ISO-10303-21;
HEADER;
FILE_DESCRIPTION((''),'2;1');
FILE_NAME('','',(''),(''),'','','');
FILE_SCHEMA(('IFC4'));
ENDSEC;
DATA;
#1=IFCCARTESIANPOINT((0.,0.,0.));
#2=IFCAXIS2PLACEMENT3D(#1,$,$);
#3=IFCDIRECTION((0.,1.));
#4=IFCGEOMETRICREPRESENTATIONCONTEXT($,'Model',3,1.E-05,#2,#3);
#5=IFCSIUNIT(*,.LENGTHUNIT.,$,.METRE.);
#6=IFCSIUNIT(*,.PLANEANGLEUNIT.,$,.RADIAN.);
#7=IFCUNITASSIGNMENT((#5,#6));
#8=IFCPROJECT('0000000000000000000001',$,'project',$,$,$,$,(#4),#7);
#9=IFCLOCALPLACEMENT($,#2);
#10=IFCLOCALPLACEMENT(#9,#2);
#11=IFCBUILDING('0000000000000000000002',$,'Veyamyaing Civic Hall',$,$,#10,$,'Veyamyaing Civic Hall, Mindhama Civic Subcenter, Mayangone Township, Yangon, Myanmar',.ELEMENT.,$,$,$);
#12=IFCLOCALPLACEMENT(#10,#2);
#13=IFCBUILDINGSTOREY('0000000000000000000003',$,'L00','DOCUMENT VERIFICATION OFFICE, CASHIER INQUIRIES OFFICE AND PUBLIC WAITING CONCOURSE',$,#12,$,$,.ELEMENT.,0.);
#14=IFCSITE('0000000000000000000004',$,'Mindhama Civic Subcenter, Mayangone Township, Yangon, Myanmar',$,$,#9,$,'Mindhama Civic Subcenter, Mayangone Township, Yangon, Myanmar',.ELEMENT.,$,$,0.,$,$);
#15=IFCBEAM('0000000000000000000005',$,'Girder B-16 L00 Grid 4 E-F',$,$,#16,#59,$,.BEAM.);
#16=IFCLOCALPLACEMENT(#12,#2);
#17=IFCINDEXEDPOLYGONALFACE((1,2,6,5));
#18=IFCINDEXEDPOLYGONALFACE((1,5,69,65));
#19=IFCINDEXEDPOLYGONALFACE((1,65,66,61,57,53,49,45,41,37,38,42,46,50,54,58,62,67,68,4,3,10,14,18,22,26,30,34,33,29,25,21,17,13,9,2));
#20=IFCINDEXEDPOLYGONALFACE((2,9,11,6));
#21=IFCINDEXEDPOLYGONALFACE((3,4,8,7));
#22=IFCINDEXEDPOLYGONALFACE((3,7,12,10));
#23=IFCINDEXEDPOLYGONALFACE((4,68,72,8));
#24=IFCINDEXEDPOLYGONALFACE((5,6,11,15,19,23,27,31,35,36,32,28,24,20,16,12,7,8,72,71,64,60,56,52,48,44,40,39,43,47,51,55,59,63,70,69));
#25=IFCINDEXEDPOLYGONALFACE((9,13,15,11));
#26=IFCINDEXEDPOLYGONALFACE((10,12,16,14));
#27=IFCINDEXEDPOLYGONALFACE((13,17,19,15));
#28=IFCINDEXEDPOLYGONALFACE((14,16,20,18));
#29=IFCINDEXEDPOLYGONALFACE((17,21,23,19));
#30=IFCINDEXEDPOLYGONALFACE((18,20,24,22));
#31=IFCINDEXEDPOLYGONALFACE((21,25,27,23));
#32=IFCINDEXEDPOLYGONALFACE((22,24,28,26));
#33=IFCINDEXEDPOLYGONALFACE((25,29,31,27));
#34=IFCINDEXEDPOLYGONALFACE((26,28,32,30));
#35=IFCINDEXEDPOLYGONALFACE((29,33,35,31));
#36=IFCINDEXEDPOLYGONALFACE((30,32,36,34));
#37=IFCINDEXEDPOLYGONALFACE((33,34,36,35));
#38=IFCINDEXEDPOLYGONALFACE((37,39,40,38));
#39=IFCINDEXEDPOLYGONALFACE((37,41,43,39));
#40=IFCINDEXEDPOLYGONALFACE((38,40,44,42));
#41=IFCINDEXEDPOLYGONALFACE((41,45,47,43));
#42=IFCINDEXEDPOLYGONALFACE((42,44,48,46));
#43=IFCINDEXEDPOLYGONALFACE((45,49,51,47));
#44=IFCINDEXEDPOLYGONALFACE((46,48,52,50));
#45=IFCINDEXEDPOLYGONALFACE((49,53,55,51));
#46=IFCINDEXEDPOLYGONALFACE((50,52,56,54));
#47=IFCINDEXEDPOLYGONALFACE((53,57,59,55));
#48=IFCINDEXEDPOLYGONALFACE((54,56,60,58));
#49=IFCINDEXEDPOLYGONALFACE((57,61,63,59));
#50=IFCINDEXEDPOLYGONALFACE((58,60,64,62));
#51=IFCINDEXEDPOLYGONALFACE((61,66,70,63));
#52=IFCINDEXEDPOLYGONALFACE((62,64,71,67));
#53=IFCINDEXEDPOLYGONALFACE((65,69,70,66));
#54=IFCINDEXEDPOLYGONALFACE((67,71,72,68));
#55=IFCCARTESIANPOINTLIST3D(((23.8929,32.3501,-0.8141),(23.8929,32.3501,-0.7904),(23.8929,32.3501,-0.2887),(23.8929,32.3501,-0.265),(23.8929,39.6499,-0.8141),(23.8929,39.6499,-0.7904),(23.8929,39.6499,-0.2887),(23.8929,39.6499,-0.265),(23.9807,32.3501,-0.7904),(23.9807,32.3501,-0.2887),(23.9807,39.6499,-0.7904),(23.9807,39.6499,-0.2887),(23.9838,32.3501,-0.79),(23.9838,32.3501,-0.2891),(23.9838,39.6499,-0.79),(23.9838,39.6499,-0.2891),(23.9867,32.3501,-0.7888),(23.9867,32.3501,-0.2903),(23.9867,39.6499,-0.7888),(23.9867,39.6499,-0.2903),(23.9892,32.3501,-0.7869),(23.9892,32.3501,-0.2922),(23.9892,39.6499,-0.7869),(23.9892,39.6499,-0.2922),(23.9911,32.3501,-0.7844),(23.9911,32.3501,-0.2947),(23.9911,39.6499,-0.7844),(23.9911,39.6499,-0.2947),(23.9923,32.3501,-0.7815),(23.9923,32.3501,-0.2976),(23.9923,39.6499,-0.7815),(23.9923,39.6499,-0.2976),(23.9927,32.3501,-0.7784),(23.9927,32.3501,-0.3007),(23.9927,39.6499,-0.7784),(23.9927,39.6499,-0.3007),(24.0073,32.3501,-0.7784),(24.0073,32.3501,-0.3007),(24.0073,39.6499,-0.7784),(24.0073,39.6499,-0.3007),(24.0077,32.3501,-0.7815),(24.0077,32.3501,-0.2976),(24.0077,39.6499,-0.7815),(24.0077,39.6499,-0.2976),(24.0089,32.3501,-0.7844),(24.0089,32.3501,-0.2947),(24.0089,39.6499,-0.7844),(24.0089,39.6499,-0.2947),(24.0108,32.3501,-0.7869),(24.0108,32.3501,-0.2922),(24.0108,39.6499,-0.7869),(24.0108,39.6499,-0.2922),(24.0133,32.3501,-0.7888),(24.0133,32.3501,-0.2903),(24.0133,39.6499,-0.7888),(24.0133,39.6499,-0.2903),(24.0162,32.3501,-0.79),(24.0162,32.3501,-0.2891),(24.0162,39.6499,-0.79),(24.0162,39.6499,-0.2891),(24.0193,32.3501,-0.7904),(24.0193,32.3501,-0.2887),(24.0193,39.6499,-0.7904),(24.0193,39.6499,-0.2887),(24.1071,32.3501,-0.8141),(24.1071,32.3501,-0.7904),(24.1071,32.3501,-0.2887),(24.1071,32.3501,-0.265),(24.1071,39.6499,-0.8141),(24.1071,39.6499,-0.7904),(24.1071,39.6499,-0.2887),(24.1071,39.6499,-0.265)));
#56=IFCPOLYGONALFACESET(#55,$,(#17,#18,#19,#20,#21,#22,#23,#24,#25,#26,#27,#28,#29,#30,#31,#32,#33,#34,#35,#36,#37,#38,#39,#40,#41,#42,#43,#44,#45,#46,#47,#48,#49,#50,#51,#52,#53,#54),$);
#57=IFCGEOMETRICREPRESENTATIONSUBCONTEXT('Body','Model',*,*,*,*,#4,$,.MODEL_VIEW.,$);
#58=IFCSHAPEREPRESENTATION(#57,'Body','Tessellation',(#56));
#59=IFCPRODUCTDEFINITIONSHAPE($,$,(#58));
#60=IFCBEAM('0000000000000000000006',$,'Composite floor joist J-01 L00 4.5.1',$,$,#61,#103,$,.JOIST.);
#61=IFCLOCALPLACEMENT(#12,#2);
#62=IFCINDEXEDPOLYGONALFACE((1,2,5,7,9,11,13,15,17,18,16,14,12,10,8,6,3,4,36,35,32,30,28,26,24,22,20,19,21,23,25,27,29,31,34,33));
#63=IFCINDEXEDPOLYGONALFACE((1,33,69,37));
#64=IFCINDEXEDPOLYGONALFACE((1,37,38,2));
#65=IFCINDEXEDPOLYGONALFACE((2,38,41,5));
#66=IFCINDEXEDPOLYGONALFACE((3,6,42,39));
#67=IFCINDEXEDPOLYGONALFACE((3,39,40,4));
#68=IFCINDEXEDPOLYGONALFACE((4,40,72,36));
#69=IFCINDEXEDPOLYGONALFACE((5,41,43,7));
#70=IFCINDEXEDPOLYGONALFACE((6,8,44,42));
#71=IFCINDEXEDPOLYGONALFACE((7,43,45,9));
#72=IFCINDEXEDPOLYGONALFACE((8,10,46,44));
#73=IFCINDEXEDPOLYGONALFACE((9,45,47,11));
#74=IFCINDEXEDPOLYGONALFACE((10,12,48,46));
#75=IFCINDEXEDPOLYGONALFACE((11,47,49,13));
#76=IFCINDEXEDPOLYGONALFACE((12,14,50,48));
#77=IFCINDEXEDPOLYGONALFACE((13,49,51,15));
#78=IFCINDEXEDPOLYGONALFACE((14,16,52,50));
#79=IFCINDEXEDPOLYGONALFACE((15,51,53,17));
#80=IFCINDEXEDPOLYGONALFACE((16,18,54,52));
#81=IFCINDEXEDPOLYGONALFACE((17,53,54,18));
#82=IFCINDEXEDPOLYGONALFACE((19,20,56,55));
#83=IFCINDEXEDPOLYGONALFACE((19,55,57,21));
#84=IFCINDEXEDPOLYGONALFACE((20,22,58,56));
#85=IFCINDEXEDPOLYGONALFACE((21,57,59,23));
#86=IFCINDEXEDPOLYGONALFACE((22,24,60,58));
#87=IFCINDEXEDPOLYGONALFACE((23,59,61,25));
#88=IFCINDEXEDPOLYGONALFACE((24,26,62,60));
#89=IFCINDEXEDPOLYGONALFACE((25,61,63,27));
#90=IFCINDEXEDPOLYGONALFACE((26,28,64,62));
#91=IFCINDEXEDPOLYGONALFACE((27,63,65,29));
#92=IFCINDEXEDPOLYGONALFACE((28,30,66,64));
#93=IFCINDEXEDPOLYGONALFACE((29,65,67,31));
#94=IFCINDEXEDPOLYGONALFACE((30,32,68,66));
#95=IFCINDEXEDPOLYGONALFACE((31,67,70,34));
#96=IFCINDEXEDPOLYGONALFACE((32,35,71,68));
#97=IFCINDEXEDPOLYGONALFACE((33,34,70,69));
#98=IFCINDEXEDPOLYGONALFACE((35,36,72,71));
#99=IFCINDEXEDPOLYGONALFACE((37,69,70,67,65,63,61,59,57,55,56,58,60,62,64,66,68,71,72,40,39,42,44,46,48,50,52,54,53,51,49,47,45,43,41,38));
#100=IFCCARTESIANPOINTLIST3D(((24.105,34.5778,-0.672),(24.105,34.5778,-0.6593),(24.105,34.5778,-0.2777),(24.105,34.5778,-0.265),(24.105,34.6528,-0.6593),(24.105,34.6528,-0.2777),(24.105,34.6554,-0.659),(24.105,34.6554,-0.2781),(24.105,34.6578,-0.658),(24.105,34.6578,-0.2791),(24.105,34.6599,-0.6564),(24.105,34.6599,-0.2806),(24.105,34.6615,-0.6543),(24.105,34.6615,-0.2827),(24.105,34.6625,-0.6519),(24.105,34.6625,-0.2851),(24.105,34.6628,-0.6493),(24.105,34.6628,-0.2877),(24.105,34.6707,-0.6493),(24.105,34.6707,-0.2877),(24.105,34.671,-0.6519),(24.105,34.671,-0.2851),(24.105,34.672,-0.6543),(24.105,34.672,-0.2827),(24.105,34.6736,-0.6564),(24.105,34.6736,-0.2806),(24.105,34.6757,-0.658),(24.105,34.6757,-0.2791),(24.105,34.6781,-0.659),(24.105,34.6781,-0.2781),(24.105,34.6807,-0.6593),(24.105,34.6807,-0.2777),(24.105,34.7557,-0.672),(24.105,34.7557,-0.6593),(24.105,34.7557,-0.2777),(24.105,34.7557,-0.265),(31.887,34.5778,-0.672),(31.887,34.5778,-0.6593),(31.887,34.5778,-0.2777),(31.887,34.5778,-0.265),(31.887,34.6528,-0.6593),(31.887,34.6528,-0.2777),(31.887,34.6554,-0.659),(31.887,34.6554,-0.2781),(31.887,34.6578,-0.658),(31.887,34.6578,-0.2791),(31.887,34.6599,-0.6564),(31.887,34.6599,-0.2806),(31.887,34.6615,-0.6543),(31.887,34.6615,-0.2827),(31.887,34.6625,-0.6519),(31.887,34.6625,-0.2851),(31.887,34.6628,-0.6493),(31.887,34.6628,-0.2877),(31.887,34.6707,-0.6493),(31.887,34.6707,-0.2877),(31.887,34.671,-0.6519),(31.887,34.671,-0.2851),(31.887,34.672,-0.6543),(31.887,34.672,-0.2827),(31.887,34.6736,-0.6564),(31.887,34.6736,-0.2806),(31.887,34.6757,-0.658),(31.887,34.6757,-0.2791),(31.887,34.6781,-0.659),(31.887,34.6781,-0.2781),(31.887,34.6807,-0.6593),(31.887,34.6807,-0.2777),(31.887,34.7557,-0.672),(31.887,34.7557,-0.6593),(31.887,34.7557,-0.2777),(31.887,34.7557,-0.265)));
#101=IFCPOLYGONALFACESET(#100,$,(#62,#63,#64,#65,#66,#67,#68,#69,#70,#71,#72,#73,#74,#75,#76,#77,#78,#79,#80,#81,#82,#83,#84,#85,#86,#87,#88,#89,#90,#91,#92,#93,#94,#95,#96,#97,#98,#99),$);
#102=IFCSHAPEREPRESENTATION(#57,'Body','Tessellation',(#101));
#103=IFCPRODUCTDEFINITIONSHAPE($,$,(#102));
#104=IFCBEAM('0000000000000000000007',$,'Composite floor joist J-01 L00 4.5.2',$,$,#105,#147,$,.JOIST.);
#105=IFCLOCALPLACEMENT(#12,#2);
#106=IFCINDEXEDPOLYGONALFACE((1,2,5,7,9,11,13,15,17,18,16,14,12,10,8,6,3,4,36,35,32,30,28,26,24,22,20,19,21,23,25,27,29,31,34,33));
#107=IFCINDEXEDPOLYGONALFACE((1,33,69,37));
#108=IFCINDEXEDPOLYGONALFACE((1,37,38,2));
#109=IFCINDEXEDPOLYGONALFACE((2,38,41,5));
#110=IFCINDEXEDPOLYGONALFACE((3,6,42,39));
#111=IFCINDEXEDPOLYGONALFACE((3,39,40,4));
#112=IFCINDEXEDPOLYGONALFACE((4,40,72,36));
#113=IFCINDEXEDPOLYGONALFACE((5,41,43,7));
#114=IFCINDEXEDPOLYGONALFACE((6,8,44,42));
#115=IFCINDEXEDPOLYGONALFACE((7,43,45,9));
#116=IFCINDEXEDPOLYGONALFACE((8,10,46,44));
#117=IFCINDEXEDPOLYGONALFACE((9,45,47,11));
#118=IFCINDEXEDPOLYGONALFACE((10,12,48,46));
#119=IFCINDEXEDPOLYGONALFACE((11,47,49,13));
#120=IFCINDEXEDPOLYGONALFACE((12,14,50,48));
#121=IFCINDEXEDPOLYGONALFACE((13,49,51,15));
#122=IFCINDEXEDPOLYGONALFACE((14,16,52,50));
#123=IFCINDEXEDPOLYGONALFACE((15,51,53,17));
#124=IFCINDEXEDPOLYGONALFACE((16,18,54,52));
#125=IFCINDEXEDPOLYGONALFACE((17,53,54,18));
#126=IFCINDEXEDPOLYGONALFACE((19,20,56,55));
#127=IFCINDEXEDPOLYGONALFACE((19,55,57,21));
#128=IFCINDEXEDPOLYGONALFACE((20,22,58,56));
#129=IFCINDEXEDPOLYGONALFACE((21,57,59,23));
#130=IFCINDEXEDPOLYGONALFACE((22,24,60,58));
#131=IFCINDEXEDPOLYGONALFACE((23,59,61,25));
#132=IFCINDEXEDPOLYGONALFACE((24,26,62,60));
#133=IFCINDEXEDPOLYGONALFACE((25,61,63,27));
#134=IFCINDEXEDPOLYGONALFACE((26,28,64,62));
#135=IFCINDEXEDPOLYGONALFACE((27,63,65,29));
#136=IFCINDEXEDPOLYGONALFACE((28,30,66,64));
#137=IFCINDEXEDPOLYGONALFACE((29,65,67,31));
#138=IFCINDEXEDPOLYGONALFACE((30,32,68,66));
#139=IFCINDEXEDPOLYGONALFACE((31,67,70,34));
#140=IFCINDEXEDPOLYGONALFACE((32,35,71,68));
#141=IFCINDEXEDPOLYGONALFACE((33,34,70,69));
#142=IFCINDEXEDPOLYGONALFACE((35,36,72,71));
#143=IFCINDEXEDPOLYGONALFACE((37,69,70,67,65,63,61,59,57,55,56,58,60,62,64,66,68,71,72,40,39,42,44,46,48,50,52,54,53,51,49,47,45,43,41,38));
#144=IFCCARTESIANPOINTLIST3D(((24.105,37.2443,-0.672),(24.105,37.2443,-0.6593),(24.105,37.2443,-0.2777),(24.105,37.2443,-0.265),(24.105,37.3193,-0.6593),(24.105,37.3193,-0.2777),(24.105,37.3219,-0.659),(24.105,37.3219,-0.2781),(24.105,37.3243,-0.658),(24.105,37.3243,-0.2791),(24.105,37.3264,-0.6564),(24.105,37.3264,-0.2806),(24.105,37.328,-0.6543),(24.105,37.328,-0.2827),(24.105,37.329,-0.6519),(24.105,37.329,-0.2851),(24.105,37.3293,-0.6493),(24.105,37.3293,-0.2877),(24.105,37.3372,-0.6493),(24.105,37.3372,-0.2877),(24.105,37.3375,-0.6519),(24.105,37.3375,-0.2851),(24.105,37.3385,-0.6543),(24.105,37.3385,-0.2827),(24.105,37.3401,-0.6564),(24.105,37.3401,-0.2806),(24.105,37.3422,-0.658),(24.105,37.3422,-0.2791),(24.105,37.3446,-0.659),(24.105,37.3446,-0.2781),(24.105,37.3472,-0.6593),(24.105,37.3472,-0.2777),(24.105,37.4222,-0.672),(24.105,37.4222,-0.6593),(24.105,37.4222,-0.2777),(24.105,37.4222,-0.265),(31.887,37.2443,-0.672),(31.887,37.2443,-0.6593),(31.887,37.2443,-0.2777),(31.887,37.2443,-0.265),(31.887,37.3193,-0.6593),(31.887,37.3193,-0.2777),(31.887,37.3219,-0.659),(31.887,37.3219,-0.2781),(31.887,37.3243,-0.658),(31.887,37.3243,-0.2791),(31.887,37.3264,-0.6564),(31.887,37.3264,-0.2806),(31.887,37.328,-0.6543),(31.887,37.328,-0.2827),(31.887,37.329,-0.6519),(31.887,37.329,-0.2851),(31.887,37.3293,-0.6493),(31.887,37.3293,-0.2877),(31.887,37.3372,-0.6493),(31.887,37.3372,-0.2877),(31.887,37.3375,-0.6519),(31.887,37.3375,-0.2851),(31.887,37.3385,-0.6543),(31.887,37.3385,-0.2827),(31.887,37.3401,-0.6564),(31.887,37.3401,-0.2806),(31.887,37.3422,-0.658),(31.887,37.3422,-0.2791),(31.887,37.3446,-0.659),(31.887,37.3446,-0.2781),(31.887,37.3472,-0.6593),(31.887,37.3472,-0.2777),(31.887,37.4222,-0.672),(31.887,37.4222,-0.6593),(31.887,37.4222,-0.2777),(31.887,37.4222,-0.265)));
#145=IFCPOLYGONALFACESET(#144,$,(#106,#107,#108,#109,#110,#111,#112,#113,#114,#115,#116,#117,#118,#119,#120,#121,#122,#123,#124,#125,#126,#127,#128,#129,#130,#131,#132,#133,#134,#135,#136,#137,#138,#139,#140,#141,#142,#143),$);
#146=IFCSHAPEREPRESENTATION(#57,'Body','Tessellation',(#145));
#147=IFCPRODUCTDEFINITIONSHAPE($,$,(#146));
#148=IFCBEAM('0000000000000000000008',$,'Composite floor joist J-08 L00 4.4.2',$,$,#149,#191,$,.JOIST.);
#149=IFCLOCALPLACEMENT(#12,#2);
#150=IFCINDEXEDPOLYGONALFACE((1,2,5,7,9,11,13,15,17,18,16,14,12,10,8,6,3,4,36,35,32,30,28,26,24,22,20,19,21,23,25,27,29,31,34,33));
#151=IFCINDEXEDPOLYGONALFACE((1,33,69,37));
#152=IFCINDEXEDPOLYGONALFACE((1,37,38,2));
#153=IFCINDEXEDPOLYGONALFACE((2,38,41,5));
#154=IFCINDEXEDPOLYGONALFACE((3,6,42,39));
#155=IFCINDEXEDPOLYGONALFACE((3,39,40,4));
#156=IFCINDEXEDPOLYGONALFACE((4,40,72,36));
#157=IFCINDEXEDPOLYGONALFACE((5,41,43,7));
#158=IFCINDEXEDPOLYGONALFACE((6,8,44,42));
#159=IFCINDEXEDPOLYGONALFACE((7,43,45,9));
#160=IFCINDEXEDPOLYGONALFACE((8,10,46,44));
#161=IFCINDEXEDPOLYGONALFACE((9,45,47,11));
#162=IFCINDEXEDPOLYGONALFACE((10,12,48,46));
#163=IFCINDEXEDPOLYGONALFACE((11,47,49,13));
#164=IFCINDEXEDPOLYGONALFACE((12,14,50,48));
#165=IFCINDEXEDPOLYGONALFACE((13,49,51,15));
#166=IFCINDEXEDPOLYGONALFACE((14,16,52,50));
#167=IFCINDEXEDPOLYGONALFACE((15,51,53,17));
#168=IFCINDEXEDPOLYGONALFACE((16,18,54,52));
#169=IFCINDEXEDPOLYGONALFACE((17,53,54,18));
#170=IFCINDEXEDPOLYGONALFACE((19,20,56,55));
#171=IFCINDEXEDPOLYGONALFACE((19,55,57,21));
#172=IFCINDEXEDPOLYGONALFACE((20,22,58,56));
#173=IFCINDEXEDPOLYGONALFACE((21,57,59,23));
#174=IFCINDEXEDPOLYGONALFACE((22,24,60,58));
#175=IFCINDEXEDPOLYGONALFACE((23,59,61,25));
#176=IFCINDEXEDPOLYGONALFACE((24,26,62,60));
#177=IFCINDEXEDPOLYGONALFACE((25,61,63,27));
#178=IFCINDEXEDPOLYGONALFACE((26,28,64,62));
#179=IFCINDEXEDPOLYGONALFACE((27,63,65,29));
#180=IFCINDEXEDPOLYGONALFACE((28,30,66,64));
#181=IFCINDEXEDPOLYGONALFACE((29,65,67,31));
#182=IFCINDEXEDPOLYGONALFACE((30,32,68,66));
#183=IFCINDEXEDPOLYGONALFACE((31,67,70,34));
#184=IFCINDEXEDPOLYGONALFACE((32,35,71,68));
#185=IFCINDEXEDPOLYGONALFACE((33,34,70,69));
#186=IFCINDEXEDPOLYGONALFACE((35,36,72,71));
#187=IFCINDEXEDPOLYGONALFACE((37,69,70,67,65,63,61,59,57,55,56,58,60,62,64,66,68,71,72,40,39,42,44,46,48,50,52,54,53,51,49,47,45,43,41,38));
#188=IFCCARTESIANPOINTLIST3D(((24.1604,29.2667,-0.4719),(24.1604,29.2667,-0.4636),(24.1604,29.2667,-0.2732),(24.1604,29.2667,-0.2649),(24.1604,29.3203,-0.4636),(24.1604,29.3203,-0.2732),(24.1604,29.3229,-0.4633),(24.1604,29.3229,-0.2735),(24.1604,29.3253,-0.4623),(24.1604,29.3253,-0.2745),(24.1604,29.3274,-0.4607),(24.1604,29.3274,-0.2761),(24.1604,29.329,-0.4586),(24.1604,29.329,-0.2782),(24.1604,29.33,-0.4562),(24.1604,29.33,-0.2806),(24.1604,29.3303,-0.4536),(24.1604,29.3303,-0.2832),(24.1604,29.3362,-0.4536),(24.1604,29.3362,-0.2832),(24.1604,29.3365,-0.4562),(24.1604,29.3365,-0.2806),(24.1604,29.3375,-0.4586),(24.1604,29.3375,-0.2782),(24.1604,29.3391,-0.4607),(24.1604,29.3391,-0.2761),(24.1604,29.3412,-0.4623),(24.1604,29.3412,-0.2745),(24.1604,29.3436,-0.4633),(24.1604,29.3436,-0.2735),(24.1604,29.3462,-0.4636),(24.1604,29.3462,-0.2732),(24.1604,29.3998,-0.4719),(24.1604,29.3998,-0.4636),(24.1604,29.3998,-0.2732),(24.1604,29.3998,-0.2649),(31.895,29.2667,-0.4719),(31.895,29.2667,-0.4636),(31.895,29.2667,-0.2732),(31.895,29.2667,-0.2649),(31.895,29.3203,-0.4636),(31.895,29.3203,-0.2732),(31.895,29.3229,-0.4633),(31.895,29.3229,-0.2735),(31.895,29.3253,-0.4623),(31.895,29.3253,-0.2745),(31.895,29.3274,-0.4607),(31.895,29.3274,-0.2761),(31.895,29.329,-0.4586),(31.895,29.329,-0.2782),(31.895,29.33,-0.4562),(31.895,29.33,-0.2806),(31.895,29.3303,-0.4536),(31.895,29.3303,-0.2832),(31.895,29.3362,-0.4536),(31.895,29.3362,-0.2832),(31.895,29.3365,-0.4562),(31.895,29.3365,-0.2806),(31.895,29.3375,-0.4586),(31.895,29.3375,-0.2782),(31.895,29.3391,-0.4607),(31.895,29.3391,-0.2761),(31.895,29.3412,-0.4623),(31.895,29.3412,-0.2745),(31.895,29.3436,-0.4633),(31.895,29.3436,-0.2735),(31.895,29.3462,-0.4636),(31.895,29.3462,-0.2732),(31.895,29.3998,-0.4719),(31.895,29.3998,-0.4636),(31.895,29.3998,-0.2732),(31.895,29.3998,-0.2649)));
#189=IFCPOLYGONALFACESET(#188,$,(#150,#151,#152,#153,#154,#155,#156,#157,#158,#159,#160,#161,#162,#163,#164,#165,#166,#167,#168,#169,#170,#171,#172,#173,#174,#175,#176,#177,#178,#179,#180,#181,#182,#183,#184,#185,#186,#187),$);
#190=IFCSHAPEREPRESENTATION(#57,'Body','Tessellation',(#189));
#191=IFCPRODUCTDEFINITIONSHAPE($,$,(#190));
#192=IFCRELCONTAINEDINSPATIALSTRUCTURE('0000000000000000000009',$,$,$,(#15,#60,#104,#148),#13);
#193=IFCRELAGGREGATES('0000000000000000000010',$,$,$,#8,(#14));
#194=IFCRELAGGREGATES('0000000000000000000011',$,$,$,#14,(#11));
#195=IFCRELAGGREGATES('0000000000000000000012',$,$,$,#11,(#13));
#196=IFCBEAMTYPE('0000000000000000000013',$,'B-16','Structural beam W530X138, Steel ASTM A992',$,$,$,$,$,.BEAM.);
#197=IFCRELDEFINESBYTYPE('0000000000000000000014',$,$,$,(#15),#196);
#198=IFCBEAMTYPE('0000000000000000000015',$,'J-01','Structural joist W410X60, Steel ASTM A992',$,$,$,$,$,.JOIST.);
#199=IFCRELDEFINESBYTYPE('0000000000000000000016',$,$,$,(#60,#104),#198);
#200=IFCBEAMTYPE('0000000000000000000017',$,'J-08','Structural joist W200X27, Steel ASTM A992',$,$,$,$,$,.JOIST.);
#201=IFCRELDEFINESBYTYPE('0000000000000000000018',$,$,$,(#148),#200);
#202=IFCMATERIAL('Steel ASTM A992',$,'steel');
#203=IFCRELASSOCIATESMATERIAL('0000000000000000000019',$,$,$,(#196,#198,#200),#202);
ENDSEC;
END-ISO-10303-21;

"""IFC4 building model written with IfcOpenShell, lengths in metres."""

from ifc_helpers import new_model, si_unit, direction, frame, origin, origin_2d, place, context, subcontext, project, spatial, i_section, extrude, material, material_profile, profile_set, type_object, element, save


model = new_model("IFC4")

# Units and contexts
model_context = context("Model", 3, precision=1e-05, world=origin(), true_north=direction((0.0, 1.0)))
body_context = subcontext(model_context, "Body", "Model", "MODEL_VIEW")
ifc_project = project(units=[si_unit("LENGTHUNIT", "METRE"), si_unit("PLANEANGLEUNIT", "RADIAN")], contexts=[model_context])

# Site, building, storey
site_placement = place(None, origin())
site = spatial("IfcSite", under=ifc_project, at=site_placement, Name="Mindhama Civic Subcenter, Mayangone Township, Yangon, Myanmar", LongName="Mindhama Civic Subcenter, Mayangone Township, Yangon, Myanmar", CompositionType="ELEMENT", RefElevation=0.0)
building_placement = place(site_placement, origin())
building = spatial("IfcBuilding", under=site, at=building_placement, Name="Veyamyaing Civic Hall", LongName="Veyamyaing Civic Hall, Mindhama Civic Subcenter, Mayangone Township, Yangon, Myanmar", CompositionType="ELEMENT")
storey_placement = place(building_placement, origin())
storey = spatial("IfcBuildingStorey", under=building, at=storey_placement, Name="L00", Description="DOCUMENT VERIFICATION OFFICE, CASHIER INQUIRIES OFFICE AND PUBLIC WAITING CONCOURSE", CompositionType="ELEMENT", Elevation=0.0)

# Beams
ifc_material_1 = material(Name="Steel ASTM A992", Category="steel")
ifc_material_profile_1 = material_profile(ifc_material_1, i_section(OverallWidth=0.2141, OverallDepth=0.5491, WebThickness=0.0146, FlangeThickness=0.0237, FilletRadius=0.012, at=origin_2d()), Name="W530X138")
ifc_profile_set_1 = profile_set([ifc_material_profile_1], Name="Steel ASTM A992")
beam_type_1 = type_object("IfcBeamType", Name="B-16", Description="Structural beam W530X138, Steel ASTM A992", PredefinedType="BEAM", material=ifc_profile_set_1)
beam_1_placement = place(storey_placement, frame((24.0, 32.3501, -0.5396), z_axis=(0.0, 1.0, 0.0), x_axis=(-1.0, 0.0, 0.0)))
element("IfcBeam", 1, at=beam_1_placement, inside=storey, type_object=beam_type_1, Name="Girder B-16 L00 Grid 4 E-F", PredefinedType="BEAM", context=body_context, shape_type="SweptSolid", body=[
    extrude(i_section(OverallWidth=0.2141, OverallDepth=0.5491, WebThickness=0.0146, FlangeThickness=0.0237, FilletRadius=0.012, at=origin_2d()), origin(), (0.0, 0.0, 1.0), 7.2998),
])
ifc_material_profile_2 = material_profile(ifc_material_1, i_section(OverallWidth=0.178, OverallDepth=0.407, WebThickness=0.0078, FlangeThickness=0.0127, FilletRadius=0.01, at=origin_2d()), Name="W410X60")
ifc_profile_set_2 = profile_set([ifc_material_profile_2], Name="Steel ASTM A992")
beam_type_2 = type_object("IfcBeamType", Name="J-01", Description="Structural joist W410X60, Steel ASTM A992", PredefinedType="JOIST", material=ifc_profile_set_2)
for number, where, z_axis, x_axis, name in (
    (2, (24.105, 34.6667, -0.4685), (1.0, 0.0, 0.0), (0.0, 1.0, 0.0), "Composite floor joist J-01 L00 4.5.1"),
    (3, (24.105, 37.3333, -0.4685), (1.0, 0.0, 0.0), (0.0, 1.0, 0.0), "Composite floor joist J-01 L00 4.5.2"),
):
    element("IfcBeam", number, at=place(storey_placement, frame(where, z_axis=z_axis, x_axis=x_axis)), inside=storey, type_object=beam_type_2, Name=name, PredefinedType="JOIST", context=body_context, shape_type="SweptSolid", body=[
        extrude(i_section(OverallWidth=0.178, OverallDepth=0.407, WebThickness=0.0078, FlangeThickness=0.0127, FilletRadius=0.01, at=origin_2d()), origin(), (0.0, 0.0, 1.0), 7.782),
    ])
ifc_material_profile_3 = material_profile(ifc_material_1, i_section(OverallWidth=0.1331, OverallDepth=0.207, WebThickness=0.0059, FlangeThickness=0.0083, FilletRadius=0.01, at=origin_2d()), Name="W200X27")
ifc_profile_set_3 = profile_set([ifc_material_profile_3], Name="Steel ASTM A992")
beam_type_3 = type_object("IfcBeamType", Name="J-08", Description="Structural joist W200X27, Steel ASTM A992", PredefinedType="JOIST", material=ifc_profile_set_3)
beam_2_placement = place(storey_placement, frame((24.1604, 29.3333, -0.3684), z_axis=(1.0, 0.0, 0.0), x_axis=(0.0, 1.0, 0.0)))
element("IfcBeam", 4, at=beam_2_placement, inside=storey, type_object=beam_type_3, Name="Composite floor joist J-08 L00 4.4.2", PredefinedType="JOIST", context=body_context, shape_type="SweptSolid", body=[
    extrude(i_section(OverallWidth=0.1331, OverallDepth=0.207, WebThickness=0.0059, FlangeThickness=0.0083, FilletRadius=0.01, at=origin_2d()), origin(), (0.0, 0.0, 1.0), 7.7346),
])

save(model, "model.ifc")
